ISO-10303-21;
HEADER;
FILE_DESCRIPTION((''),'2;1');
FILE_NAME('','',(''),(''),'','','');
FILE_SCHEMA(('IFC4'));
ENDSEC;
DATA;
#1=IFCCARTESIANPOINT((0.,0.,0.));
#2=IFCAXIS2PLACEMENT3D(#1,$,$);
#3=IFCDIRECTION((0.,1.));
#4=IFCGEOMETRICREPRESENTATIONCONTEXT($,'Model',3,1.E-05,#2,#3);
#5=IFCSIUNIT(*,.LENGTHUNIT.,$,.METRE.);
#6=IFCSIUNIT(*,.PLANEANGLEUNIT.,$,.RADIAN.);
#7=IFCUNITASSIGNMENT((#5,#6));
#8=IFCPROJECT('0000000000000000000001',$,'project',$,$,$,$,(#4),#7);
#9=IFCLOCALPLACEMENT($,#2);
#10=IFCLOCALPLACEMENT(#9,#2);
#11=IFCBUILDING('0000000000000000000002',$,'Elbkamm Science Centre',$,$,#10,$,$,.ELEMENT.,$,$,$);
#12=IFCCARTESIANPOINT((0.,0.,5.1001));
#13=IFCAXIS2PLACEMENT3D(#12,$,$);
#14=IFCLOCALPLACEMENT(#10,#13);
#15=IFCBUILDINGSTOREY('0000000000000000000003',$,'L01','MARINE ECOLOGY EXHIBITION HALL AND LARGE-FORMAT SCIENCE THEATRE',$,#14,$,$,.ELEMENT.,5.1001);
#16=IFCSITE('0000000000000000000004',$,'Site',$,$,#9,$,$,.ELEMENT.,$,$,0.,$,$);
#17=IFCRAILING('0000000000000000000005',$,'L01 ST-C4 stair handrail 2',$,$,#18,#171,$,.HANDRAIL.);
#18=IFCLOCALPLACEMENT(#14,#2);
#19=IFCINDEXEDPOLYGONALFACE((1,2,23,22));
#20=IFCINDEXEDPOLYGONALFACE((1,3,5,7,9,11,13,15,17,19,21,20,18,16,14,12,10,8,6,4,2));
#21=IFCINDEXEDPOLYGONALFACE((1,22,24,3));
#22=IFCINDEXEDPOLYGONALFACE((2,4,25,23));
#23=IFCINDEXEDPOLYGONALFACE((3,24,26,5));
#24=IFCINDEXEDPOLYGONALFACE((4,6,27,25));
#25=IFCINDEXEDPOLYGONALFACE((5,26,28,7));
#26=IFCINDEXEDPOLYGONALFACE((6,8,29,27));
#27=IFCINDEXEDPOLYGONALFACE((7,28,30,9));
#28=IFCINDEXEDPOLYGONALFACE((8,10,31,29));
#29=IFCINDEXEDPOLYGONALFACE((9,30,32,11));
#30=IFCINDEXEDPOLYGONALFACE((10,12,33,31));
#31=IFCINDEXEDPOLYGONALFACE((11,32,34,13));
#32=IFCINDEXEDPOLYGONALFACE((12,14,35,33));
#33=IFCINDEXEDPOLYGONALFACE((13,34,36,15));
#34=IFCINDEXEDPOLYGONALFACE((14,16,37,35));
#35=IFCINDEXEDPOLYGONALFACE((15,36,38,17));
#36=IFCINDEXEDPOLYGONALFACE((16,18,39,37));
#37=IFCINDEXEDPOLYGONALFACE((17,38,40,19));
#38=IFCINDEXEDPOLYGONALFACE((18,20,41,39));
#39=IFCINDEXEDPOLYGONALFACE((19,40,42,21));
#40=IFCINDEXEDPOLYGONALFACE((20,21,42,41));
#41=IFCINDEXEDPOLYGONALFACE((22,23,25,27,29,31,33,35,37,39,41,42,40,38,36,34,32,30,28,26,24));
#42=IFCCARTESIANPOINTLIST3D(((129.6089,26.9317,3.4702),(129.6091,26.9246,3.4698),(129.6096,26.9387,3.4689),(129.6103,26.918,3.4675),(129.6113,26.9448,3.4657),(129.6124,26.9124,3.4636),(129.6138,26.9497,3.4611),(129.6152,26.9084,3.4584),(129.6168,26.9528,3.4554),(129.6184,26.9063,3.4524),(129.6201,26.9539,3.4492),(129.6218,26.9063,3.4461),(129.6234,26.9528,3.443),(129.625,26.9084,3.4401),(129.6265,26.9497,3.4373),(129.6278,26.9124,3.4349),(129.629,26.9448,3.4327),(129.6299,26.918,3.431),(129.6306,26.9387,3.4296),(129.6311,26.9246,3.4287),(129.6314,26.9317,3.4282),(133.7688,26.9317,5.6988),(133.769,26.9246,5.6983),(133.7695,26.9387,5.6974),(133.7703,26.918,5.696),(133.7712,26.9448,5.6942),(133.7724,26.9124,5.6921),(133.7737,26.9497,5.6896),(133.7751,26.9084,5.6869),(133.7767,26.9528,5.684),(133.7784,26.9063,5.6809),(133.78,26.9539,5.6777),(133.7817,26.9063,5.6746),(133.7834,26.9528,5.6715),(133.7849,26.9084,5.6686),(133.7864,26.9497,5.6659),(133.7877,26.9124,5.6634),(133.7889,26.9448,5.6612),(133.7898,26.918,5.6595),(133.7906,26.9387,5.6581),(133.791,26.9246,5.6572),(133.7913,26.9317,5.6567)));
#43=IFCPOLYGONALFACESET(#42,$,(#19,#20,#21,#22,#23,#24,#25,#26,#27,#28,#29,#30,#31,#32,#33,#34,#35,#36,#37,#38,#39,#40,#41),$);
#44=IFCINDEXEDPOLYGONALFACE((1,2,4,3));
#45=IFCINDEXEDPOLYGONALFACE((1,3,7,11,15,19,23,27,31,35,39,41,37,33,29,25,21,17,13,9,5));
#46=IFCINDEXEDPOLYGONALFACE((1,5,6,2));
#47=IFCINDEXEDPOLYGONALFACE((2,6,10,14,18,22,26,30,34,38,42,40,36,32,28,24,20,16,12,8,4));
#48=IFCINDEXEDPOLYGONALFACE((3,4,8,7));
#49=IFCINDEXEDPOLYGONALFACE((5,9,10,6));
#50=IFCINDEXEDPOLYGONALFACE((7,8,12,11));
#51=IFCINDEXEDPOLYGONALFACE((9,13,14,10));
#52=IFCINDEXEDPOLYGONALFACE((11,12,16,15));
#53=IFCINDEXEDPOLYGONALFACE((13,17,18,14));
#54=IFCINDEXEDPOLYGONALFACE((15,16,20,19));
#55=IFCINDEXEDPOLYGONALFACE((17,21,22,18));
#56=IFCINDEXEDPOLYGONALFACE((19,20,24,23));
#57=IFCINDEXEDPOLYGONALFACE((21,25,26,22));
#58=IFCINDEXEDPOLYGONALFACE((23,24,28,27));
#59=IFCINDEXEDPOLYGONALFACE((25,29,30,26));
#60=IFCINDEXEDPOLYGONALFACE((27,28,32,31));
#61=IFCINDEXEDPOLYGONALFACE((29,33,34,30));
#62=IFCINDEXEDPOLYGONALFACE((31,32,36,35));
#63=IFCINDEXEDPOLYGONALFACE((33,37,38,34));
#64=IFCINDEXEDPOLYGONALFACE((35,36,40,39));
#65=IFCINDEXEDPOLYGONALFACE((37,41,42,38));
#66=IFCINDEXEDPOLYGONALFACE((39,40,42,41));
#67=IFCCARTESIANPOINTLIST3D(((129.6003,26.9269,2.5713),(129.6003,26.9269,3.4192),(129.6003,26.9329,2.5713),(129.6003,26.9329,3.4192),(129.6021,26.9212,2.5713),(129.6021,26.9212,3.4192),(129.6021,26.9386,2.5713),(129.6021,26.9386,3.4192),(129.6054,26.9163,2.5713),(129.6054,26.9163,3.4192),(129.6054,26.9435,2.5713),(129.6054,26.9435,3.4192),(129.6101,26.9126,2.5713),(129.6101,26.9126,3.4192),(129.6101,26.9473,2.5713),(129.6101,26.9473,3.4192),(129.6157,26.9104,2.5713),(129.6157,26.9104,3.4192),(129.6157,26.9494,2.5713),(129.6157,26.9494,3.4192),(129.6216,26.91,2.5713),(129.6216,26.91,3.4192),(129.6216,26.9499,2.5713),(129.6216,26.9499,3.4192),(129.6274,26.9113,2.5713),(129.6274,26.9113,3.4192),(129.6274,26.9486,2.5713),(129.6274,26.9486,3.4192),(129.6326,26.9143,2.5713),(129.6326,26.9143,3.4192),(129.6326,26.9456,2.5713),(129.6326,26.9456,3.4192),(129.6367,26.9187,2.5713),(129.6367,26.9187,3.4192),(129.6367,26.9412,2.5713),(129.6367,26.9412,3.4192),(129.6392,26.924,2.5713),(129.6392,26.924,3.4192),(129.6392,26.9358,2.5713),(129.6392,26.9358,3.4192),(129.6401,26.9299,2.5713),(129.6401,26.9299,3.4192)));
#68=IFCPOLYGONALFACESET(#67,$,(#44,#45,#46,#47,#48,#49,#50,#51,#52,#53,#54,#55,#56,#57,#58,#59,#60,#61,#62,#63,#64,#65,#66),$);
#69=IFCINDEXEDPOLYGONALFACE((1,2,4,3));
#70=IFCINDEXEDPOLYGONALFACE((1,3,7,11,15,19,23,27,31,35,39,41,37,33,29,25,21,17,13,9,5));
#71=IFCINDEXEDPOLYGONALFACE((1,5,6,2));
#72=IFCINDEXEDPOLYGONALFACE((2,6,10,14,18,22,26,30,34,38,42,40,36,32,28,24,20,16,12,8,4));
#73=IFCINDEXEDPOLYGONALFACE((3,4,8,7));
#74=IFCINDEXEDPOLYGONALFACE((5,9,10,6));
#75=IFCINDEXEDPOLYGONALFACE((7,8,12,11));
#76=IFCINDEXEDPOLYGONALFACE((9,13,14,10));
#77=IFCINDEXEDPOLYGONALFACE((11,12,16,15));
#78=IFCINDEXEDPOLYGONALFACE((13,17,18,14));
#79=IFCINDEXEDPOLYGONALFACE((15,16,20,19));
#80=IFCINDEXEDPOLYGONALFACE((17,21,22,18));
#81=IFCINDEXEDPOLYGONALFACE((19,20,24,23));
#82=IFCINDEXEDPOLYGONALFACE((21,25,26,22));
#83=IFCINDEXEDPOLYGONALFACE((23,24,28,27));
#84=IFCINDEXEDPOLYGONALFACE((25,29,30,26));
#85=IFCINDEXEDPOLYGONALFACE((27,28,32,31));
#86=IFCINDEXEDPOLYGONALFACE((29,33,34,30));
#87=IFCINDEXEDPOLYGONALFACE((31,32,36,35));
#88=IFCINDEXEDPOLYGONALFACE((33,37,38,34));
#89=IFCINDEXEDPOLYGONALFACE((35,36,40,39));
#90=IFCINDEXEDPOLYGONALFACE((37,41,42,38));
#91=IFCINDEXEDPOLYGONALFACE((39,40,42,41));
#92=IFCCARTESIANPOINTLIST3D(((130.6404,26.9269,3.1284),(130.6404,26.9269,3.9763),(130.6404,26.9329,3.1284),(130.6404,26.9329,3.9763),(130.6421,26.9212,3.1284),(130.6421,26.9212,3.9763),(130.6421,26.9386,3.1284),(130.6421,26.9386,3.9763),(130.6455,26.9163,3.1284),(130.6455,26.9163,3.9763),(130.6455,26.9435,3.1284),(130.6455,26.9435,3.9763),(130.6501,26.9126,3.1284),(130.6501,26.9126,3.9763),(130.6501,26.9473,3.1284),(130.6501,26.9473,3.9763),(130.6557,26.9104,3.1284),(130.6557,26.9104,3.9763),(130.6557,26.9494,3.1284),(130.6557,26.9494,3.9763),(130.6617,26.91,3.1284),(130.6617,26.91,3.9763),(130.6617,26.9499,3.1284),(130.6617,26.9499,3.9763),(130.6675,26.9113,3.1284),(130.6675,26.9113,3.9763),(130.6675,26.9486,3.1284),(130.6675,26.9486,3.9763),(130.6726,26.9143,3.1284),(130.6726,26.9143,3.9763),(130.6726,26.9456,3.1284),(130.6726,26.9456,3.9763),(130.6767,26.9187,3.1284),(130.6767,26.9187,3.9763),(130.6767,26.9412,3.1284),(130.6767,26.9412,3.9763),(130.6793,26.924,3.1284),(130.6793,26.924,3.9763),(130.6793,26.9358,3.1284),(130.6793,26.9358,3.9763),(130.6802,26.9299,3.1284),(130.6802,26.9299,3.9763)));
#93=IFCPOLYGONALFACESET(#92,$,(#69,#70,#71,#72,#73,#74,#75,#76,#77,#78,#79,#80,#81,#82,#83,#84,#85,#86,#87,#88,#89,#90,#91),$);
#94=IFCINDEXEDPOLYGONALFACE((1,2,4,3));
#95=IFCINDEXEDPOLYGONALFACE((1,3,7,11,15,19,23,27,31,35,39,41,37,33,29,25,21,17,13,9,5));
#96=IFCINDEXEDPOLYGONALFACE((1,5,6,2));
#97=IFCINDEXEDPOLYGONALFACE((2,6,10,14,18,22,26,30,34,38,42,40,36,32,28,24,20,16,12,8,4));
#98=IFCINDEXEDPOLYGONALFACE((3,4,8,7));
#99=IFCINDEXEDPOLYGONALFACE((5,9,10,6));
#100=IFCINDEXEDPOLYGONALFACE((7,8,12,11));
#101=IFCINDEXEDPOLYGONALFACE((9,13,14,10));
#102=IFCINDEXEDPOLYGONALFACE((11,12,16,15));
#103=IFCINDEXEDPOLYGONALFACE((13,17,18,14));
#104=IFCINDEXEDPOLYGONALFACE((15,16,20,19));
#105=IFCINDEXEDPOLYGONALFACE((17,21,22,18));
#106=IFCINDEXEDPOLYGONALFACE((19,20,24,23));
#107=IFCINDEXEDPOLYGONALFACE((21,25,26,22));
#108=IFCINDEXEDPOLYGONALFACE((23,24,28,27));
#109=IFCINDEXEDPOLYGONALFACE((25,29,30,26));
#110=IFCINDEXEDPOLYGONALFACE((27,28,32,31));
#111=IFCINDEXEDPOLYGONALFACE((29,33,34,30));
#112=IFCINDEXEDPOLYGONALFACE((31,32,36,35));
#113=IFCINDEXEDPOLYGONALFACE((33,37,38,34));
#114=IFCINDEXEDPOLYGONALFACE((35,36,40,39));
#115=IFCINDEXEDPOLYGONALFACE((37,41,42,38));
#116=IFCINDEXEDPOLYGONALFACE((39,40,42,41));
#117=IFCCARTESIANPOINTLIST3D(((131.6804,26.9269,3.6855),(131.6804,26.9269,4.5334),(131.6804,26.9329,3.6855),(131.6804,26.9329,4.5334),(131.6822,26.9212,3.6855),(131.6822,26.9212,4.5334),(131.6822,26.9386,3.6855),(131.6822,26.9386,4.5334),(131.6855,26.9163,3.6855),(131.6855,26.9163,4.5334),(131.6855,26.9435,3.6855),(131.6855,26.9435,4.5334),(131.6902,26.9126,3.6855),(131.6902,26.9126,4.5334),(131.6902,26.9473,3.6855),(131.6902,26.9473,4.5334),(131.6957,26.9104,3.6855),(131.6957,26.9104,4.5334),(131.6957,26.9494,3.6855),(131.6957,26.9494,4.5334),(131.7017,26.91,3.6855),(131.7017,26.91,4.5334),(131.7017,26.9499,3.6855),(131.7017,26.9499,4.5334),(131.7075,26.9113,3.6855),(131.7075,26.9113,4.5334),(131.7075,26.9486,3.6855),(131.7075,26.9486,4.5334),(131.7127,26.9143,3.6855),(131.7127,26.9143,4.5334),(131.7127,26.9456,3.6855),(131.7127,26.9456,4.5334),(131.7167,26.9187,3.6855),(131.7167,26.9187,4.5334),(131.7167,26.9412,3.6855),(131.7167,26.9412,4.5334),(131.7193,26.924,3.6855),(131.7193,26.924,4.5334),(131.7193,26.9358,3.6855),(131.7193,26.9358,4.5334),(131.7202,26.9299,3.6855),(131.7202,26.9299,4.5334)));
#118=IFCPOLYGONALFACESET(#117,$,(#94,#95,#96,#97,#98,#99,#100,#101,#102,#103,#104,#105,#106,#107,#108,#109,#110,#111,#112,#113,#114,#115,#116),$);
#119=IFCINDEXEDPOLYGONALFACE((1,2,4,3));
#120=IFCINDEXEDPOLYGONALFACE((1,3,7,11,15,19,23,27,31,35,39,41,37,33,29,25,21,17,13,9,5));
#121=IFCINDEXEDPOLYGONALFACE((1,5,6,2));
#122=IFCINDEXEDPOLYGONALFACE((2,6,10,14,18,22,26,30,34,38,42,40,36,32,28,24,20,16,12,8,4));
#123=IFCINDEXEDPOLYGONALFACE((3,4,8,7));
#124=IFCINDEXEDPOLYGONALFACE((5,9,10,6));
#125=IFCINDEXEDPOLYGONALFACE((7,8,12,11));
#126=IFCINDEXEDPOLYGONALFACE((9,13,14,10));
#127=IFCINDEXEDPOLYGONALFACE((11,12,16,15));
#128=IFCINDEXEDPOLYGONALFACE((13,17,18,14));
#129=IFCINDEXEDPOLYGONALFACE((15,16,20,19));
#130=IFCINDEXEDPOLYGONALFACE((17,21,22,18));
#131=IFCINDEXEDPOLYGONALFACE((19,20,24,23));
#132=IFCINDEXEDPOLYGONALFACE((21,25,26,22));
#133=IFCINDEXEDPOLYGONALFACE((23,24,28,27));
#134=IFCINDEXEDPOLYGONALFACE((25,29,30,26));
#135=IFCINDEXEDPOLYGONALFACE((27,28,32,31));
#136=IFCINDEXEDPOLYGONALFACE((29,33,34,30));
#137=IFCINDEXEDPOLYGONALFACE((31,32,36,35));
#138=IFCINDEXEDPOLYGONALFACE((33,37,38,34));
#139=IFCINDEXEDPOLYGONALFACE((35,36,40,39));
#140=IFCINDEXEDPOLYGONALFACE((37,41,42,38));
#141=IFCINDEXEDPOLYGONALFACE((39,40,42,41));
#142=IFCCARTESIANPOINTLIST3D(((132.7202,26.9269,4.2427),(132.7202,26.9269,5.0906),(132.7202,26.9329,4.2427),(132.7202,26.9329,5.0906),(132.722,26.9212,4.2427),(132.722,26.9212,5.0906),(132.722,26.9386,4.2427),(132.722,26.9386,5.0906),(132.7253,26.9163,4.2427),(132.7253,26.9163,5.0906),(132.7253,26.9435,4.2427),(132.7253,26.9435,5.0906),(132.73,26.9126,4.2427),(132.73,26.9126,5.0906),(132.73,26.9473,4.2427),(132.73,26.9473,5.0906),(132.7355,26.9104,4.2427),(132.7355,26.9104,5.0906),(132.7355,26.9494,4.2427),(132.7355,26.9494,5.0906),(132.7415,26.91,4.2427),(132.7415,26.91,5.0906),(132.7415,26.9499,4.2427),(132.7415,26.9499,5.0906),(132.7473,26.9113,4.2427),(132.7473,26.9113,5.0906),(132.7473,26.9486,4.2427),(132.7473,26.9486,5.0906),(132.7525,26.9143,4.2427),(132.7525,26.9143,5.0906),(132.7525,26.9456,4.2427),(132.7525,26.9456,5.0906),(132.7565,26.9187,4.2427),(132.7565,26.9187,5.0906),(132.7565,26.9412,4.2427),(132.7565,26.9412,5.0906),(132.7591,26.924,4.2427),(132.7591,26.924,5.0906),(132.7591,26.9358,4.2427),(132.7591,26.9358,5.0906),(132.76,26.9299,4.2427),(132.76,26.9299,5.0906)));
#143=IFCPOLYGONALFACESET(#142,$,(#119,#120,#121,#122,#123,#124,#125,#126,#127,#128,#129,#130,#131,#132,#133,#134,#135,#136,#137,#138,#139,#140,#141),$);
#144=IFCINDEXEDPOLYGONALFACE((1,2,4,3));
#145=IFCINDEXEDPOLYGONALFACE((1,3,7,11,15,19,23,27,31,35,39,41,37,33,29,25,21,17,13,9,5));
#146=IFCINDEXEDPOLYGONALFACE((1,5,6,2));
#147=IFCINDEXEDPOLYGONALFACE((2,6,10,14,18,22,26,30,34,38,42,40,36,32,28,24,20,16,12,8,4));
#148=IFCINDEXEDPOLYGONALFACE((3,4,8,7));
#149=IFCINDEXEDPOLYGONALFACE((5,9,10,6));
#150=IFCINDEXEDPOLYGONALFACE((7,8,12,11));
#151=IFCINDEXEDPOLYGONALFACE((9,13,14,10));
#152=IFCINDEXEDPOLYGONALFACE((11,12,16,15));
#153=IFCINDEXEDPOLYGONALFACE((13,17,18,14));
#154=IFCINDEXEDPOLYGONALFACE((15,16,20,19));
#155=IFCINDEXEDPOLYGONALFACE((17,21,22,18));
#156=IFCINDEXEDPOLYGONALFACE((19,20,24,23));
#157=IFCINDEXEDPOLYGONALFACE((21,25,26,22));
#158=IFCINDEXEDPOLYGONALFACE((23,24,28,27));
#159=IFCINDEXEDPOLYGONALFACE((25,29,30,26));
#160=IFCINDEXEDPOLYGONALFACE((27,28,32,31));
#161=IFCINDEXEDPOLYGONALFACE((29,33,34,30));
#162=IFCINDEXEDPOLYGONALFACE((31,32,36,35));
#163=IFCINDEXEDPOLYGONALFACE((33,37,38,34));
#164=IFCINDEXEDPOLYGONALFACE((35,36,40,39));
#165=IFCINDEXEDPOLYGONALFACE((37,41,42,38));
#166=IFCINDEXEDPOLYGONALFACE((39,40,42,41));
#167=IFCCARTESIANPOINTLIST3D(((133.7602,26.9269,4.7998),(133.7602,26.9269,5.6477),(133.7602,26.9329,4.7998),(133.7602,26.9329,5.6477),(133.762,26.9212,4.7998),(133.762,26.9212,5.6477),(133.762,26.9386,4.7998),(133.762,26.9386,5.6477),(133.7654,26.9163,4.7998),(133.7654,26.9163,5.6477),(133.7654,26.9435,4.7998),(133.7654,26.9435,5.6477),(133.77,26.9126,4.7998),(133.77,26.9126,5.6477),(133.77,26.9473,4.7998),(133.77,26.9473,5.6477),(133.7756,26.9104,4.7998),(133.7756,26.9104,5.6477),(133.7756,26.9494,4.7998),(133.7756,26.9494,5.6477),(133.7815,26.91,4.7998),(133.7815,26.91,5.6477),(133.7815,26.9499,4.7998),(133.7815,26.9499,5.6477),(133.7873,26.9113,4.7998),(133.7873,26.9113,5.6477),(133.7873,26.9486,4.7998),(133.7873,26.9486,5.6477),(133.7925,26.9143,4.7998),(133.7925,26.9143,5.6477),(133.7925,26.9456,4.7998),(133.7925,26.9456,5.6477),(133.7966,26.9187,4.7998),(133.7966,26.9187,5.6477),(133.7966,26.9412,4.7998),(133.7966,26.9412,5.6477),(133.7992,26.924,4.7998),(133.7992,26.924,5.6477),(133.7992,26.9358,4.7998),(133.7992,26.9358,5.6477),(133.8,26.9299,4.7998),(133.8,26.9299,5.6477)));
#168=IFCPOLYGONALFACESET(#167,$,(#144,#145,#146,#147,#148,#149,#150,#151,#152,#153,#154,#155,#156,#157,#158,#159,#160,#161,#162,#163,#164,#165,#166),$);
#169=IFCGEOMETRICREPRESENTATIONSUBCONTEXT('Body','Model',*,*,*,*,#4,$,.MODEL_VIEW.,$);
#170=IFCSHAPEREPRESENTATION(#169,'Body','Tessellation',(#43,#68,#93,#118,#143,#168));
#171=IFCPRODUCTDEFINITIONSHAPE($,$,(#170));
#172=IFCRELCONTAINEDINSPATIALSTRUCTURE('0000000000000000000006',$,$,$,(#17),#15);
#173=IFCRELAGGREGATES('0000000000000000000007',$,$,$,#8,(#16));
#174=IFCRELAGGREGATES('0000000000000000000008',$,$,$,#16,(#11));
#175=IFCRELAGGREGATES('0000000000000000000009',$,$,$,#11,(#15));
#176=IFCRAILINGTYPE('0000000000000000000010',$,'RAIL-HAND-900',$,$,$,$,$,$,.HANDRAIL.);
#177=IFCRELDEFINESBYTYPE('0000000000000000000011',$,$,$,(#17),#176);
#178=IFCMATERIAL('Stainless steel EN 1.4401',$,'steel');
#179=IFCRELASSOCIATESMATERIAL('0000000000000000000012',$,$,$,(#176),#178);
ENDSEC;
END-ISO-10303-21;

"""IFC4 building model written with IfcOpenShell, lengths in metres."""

from ifc_helpers import new_model, si_unit, direction, frame, origin, origin_2d, place, context, subcontext, project, spatial, circle, extrude, material, type_object, element, save


model = new_model("IFC4")

# Units and contexts
model_context = context("Model", 3, precision=1e-05, world=origin(), true_north=direction((0.0, 1.0)))
body_context = subcontext(model_context, "Body", "Model", "MODEL_VIEW")
ifc_project = project(units=[si_unit("LENGTHUNIT", "METRE"), si_unit("PLANEANGLEUNIT", "RADIAN")], contexts=[model_context])

# Site, building, storey
site_placement = place(None, origin())
site = spatial("IfcSite", under=ifc_project, at=site_placement, Name="Site", CompositionType="ELEMENT", RefElevation=0.0)
building_placement = place(site_placement, origin())
building = spatial("IfcBuilding", under=site, at=building_placement, Name="Elbkamm Science Centre", CompositionType="ELEMENT")
storey_placement = place(building_placement, frame((0.0, 0.0, 5.1001)))
storey = spatial("IfcBuildingStorey", under=building, at=storey_placement, Name="L01", Description="MARINE ECOLOGY EXHIBITION HALL AND LARGE-FORMAT SCIENCE THEATRE", CompositionType="ELEMENT", Elevation=5.1001)

# Railing
ifc_material_1 = material(Name="Stainless steel EN 1.4401", Category="steel")
railing_type_1 = type_object("IfcRailingType", Name="RAIL-HAND-900", PredefinedType="HANDRAIL", material=ifc_material_1)
railing_1_placement = place(storey_placement, frame((129.6201, 26.9299, 2.5713)))
element("IfcRailing", 1, at=railing_1_placement, inside=storey, type_object=railing_type_1, Name="L01 ST-C4 stair handrail 2", PredefinedType="HANDRAIL", context=body_context, shape_type="SweptSolid", body=[
    extrude(circle(Radius=0.0239, at=origin_2d()), frame((0.0, 0.0, 0.8779), z_axis=(0.881481, 0.0, 0.47222), x_axis=(0.0, 1.0, 0.0)), (0.0, 0.0, 1.0), 4.7192),
    extrude(circle(Radius=0.02, at=origin_2d()), origin(), (0.0, 0.0, 1.0), 0.8479),
    extrude(circle(Radius=0.02, at=origin_2d()), frame((1.04, 0.0, 0.5571)), (0.0, 0.0, 1.0), 0.8479),
    extrude(circle(Radius=0.02, at=origin_2d()), frame((2.0801, 0.0, 1.1143)), (0.0, 0.0, 1.0), 0.8479),
    extrude(circle(Radius=0.02, at=origin_2d()), frame((3.1199, 0.0, 1.6714)), (0.0, 0.0, 1.0), 0.8479),
    extrude(circle(Radius=0.02, at=origin_2d()), frame((4.1599, 0.0, 2.2285)), (0.0, 0.0, 1.0), 0.8479),
])

save(model, "model.ifc")
